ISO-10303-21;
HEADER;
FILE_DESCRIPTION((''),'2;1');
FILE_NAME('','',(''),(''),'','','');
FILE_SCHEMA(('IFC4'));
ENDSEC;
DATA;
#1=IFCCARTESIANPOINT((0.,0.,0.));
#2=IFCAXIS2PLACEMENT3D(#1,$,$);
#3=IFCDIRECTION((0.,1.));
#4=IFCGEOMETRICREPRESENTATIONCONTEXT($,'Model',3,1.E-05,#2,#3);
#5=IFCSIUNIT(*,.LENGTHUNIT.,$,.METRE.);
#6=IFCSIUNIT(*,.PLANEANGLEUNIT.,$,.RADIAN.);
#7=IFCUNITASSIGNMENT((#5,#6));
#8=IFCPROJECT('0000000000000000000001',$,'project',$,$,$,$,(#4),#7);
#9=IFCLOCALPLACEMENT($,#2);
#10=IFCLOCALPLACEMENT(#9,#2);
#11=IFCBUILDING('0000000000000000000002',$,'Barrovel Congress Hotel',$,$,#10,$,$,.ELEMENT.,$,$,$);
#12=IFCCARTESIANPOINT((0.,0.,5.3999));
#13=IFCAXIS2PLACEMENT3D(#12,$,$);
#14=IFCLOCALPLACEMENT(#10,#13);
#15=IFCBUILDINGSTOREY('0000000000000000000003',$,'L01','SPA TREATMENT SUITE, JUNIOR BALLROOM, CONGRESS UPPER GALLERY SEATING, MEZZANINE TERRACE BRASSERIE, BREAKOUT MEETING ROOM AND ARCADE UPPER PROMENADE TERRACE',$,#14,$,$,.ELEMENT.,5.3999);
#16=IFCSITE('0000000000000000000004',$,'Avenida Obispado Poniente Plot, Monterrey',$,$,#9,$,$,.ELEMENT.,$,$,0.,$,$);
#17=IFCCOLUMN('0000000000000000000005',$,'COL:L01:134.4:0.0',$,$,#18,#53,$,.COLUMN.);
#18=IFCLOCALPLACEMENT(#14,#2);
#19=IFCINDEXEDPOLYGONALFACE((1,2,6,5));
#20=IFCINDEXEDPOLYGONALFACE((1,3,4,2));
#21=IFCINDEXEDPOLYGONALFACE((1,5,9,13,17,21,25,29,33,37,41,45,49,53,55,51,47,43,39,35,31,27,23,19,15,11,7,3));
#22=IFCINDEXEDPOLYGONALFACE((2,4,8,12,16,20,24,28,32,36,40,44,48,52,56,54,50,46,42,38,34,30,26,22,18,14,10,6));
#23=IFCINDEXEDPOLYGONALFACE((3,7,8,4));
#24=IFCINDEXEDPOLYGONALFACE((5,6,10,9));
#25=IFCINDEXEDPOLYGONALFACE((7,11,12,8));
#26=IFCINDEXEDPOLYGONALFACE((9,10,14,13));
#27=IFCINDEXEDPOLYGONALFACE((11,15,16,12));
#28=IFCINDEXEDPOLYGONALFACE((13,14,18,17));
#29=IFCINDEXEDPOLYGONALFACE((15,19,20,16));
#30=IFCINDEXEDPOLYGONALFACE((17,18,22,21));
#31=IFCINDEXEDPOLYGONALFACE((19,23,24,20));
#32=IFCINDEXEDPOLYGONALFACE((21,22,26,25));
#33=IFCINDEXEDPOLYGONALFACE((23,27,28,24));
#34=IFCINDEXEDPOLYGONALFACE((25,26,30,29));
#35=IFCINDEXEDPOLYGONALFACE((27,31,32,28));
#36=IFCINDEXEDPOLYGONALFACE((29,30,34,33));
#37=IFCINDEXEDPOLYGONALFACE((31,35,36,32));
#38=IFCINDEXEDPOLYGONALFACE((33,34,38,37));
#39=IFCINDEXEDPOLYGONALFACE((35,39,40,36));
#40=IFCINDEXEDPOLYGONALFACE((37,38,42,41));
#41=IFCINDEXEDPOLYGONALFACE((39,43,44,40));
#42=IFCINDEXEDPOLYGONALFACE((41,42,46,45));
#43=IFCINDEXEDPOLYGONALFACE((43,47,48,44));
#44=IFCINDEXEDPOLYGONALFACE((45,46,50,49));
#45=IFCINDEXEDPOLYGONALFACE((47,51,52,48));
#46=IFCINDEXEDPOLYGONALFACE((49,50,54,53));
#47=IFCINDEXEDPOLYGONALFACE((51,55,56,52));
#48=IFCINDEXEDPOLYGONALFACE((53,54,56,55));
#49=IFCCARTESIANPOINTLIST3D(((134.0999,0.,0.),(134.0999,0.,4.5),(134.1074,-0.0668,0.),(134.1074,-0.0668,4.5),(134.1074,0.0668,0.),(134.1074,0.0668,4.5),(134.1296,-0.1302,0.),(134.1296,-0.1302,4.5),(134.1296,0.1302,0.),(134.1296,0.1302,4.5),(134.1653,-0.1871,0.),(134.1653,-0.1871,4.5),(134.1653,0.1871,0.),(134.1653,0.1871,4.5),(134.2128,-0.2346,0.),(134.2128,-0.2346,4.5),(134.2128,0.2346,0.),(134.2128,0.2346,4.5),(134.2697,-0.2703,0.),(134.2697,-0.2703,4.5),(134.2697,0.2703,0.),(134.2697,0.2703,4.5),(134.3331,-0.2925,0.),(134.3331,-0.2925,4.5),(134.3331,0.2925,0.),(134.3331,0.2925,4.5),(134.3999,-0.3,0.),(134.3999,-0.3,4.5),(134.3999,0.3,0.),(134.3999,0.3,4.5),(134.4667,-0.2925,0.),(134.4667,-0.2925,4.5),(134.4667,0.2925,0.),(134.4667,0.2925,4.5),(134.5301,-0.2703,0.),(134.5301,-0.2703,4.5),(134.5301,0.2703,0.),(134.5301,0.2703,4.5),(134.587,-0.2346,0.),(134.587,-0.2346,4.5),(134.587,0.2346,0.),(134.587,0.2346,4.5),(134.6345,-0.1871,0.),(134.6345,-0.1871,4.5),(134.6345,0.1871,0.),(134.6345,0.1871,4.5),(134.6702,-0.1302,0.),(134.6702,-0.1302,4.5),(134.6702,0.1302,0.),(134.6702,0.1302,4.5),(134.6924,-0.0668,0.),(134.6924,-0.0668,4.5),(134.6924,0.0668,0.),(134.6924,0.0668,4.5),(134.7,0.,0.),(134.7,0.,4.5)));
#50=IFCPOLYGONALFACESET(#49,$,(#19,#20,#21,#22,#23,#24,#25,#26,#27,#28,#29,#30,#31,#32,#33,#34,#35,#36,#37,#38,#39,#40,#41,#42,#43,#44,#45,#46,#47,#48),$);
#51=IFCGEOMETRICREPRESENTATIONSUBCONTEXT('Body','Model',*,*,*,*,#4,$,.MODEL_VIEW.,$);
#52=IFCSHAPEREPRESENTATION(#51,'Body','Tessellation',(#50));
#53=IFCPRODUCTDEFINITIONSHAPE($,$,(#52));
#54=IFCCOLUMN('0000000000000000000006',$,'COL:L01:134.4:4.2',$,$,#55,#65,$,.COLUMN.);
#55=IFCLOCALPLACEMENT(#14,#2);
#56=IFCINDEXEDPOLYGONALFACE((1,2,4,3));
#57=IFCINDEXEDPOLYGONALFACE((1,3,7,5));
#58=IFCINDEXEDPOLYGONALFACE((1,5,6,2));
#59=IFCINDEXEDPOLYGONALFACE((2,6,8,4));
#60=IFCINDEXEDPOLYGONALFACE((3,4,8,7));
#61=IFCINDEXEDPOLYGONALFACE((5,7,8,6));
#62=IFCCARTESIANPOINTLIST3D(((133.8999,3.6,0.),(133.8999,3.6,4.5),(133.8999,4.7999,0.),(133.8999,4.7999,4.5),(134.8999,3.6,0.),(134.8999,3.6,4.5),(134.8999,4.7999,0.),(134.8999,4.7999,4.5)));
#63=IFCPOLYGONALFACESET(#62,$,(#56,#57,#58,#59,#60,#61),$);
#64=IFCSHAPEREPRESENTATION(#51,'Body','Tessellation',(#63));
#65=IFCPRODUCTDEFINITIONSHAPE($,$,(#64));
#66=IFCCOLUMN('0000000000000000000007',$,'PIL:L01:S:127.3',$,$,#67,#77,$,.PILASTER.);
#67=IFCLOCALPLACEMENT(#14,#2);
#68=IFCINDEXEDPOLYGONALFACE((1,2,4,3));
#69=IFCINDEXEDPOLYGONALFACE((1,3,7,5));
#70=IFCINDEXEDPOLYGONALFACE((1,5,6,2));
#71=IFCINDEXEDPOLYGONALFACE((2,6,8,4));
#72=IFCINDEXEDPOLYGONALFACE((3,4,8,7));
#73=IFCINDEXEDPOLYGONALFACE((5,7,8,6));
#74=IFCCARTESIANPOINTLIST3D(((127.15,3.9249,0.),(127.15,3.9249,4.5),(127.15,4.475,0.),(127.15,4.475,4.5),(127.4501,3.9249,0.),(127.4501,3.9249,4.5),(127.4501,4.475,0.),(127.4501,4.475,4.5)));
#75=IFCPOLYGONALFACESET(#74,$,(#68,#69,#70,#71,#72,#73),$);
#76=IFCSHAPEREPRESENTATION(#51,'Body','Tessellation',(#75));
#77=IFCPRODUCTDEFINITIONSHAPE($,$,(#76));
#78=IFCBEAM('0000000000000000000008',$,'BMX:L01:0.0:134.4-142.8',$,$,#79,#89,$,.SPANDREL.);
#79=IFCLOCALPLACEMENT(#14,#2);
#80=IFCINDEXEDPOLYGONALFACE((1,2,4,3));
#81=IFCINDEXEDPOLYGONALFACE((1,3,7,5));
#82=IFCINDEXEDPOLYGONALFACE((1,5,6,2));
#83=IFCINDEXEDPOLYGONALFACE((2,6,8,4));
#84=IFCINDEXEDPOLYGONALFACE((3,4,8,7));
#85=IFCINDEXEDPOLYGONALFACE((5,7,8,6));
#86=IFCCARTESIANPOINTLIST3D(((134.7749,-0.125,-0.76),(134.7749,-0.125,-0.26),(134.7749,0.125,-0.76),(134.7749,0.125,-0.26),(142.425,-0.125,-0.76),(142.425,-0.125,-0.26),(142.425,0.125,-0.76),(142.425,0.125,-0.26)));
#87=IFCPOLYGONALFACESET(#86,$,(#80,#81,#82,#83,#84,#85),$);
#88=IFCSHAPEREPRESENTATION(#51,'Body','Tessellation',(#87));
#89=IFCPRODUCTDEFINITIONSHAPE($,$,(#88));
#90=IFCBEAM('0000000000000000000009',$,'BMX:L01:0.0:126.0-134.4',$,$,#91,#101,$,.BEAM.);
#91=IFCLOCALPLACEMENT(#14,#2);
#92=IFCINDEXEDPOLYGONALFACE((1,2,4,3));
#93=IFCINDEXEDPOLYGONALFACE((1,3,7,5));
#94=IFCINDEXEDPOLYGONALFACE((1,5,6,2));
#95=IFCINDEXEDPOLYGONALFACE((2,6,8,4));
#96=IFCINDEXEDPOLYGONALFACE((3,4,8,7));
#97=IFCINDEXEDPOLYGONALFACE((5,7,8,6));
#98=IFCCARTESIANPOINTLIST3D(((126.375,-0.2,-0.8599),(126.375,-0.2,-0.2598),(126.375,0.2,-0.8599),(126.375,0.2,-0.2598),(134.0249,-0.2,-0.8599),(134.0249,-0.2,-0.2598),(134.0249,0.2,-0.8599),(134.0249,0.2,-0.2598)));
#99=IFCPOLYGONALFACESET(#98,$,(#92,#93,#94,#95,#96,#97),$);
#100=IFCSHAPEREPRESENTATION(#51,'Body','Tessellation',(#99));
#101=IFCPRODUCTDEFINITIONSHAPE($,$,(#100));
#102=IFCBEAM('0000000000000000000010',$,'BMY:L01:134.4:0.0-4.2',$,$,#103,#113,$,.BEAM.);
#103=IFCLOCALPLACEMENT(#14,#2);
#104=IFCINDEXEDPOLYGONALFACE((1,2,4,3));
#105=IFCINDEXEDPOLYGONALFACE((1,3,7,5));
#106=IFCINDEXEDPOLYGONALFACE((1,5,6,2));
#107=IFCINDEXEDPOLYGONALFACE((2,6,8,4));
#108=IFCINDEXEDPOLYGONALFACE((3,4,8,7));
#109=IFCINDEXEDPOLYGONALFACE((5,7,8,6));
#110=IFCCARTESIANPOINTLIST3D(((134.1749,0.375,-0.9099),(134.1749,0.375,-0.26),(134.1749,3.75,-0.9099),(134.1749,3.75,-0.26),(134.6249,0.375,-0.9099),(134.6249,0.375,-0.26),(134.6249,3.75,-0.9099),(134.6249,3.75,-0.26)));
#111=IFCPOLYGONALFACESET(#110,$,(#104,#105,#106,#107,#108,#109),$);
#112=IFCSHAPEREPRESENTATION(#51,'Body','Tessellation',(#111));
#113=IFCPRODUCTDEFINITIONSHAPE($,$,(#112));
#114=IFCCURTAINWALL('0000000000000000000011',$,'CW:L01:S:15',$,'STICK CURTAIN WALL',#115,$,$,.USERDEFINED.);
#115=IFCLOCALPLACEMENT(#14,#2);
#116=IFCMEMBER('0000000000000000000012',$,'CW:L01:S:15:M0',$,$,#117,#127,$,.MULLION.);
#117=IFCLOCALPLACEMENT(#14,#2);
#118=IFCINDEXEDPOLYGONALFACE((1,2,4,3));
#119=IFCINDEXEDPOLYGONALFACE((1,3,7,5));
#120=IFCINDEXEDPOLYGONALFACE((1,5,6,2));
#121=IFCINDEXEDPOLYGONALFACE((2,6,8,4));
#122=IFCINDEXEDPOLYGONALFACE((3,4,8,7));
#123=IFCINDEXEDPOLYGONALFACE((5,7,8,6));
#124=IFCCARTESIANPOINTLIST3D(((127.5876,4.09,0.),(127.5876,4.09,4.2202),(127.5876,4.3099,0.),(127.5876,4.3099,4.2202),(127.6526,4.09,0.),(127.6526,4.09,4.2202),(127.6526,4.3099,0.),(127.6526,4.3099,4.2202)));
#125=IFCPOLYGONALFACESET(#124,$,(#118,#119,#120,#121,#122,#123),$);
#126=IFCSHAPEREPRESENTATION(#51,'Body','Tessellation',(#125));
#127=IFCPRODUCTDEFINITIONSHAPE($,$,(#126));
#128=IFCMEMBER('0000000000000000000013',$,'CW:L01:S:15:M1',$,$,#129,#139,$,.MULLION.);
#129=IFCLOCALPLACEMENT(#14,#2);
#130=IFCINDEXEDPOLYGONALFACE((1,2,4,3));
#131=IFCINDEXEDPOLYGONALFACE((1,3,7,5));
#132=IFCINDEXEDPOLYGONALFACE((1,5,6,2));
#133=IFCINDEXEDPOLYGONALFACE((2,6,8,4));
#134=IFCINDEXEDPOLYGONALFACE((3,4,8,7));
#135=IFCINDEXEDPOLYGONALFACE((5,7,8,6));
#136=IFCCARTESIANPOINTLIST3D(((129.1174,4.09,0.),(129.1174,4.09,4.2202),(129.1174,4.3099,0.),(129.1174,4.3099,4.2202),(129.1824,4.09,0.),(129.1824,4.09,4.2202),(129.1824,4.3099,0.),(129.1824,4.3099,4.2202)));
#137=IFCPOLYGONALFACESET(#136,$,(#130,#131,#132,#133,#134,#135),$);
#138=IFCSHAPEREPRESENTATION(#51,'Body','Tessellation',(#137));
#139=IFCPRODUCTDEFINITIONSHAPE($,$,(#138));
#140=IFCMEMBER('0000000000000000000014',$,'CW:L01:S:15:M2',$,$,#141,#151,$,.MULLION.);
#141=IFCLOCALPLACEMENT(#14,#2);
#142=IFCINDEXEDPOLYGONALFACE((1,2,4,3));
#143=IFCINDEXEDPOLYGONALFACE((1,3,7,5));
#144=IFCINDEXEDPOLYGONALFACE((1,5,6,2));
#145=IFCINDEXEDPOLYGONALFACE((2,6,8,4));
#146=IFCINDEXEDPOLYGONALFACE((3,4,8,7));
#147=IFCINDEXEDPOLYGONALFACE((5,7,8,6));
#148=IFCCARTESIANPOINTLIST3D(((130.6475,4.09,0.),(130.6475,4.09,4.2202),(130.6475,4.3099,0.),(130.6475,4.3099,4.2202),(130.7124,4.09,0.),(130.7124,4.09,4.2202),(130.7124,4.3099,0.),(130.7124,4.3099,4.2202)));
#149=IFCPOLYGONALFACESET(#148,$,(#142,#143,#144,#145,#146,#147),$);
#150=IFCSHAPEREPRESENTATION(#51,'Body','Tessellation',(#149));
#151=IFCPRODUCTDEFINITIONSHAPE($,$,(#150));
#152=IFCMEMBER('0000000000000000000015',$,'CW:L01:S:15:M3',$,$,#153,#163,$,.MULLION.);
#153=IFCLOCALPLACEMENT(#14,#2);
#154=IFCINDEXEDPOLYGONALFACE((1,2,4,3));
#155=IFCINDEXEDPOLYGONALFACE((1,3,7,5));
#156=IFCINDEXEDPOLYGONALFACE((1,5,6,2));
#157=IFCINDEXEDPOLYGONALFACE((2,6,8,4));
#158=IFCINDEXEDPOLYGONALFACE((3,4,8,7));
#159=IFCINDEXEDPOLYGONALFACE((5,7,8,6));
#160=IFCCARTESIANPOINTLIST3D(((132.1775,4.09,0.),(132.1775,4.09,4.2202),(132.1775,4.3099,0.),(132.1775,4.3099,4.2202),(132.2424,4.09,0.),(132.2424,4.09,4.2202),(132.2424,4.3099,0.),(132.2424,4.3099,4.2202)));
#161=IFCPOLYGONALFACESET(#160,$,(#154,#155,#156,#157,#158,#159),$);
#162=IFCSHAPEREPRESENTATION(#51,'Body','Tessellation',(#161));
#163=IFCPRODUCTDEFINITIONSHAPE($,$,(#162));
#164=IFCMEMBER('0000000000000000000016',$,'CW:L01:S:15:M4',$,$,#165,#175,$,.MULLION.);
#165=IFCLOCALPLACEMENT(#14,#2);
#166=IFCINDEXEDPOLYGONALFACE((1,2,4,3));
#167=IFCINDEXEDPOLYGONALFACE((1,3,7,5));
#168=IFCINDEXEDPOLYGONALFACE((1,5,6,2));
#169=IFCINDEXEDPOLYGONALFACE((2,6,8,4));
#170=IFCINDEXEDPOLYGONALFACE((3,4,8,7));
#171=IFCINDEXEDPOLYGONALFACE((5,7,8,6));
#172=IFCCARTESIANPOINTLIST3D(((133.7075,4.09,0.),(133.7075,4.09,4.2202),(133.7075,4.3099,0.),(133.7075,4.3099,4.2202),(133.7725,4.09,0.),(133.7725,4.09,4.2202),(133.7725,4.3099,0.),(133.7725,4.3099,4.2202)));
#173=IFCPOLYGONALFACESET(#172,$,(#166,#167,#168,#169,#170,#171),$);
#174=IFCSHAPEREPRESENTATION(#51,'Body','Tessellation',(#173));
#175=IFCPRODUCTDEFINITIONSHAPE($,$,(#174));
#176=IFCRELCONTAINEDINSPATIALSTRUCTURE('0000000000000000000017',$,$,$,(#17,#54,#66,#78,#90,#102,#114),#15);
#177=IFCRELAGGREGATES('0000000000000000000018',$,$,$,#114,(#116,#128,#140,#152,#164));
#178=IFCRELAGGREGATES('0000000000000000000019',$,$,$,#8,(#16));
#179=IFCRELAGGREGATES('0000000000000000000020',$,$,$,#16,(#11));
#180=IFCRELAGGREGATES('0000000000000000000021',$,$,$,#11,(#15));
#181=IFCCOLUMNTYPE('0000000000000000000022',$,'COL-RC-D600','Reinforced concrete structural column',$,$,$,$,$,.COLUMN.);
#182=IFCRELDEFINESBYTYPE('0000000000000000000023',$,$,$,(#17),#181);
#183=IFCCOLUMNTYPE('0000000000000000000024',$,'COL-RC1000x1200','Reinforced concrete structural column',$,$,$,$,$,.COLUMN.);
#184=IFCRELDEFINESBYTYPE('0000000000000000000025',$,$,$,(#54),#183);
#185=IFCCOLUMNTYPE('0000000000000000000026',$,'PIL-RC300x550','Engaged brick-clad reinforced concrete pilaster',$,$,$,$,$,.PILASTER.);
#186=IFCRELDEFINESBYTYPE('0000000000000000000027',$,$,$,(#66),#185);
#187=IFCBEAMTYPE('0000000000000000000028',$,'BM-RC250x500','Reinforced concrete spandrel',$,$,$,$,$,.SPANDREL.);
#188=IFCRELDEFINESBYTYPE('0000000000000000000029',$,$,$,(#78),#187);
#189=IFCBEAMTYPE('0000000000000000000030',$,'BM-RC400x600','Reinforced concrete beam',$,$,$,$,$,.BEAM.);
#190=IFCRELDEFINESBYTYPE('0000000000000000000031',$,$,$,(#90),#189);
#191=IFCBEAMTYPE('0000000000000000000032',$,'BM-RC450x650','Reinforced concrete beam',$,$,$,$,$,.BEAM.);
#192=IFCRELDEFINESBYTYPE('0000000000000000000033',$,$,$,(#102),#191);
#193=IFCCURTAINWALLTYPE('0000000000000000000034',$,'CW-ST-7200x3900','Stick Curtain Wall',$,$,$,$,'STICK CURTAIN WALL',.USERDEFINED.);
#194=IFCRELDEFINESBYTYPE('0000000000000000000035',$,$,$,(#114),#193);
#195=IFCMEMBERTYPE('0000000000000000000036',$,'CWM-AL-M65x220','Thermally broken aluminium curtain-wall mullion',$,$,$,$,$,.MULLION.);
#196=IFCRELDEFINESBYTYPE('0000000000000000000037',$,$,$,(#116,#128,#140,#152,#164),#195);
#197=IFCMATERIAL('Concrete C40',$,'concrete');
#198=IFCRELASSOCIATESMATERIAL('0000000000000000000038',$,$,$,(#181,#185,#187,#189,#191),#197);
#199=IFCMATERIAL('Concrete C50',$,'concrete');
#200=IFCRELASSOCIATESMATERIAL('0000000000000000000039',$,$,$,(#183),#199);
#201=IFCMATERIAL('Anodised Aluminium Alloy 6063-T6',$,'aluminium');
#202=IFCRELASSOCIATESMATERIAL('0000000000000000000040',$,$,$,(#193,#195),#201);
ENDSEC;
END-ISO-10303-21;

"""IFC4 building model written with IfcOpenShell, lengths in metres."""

from ifc_helpers import new_model, si_unit, direction, frame, origin, origin_2d, place, context, subcontext, project, spatial, rectangle, circle, extrude, material, material_profile, profile_set, type_object, element, aggregate, save


model = new_model("IFC4")

# Units and contexts
model_context = context("Model", 3, precision=1e-05, world=origin(), true_north=direction((0.0, 1.0)))
body_context = subcontext(model_context, "Body", "Model", "MODEL_VIEW")
ifc_project = project(units=[si_unit("LENGTHUNIT", "METRE"), si_unit("PLANEANGLEUNIT", "RADIAN")], contexts=[model_context])

# Site, building, storey
site_placement = place(None, origin())
site = spatial("IfcSite", under=ifc_project, at=site_placement, Name="Avenida Obispado Poniente Plot, Monterrey", CompositionType="ELEMENT", RefElevation=0.0)
building_placement = place(site_placement, origin())
building = spatial("IfcBuilding", under=site, at=building_placement, Name="Barrovel Congress Hotel", CompositionType="ELEMENT")
storey_placement = place(building_placement, frame((0.0, 0.0, 5.3999)))
storey = spatial("IfcBuildingStorey", under=building, at=storey_placement, Name="L01", Description="SPA TREATMENT SUITE, JUNIOR BALLROOM, CONGRESS UPPER GALLERY SEATING, MEZZANINE TERRACE BRASSERIE, BREAKOUT MEETING ROOM AND ARCADE UPPER PROMENADE TERRACE", CompositionType="ELEMENT", Elevation=5.3999)

# Columns
ifc_material_1 = material(Name="Concrete C40", Category="concrete")
ifc_material_profile_1 = material_profile(ifc_material_1, circle(Radius=0.3, at=origin_2d()), Name="RC-D600")
ifc_profile_set_1 = profile_set([ifc_material_profile_1], Name="Concrete C40")
column_type_1 = type_object("IfcColumnType", Name="COL-RC-D600", Description="Reinforced concrete structural column", PredefinedType="COLUMN", material=ifc_profile_set_1)
column_1_placement = place(storey_placement, frame((134.3999, 0.0, 0.0), z_axis=(0.0, 0.0, 1.0), x_axis=(1.0, 0.0, 0.0)))
element("IfcColumn", 1, at=column_1_placement, inside=storey, type_object=column_type_1, Name="COL:L01:134.4:0.0", PredefinedType="COLUMN", context=body_context, shape_type="SweptSolid", body=[
    extrude(circle(Radius=0.3, at=origin_2d()), origin(), (0.0, 0.0, 1.0), 4.5),
])
ifc_material_2 = material(Name="Concrete C50", Category="concrete")
ifc_material_profile_2 = material_profile(ifc_material_2, rectangle(XDim=1.0, YDim=1.2, at=origin_2d()), Name="RC1000x1200")
ifc_profile_set_2 = profile_set([ifc_material_profile_2], Name="Concrete C50")
column_type_2 = type_object("IfcColumnType", Name="COL-RC1000x1200", Description="Reinforced concrete structural column", PredefinedType="COLUMN", material=ifc_profile_set_2)
column_2_placement = place(storey_placement, frame((134.3999, 4.2, 0.0), z_axis=(0.0, 0.0, 1.0), x_axis=(1.0, 0.0, 0.0)))
element("IfcColumn", 2, at=column_2_placement, inside=storey, type_object=column_type_2, Name="COL:L01:134.4:4.2", PredefinedType="COLUMN", context=body_context, shape_type="SweptSolid", body=[
    extrude(rectangle(XDim=1.0, YDim=1.2, at=origin_2d()), origin(), (0.0, 0.0, 1.0), 4.5),
])
ifc_material_profile_3 = material_profile(ifc_material_1, rectangle(XDim=0.3, YDim=0.55, at=origin_2d()), Name="RC300x550")
ifc_profile_set_3 = profile_set([ifc_material_profile_3], Name="Concrete C40")
column_type_3 = type_object("IfcColumnType", Name="PIL-RC300x550", Description="Engaged brick-clad reinforced concrete pilaster", PredefinedType="PILASTER", material=ifc_profile_set_3)
column_3_placement = place(storey_placement, frame((127.3, 4.2, 0.0), z_axis=(0.0, 0.0, 1.0), x_axis=(1.0, 0.0, 0.0)))
element("IfcColumn", 3, at=column_3_placement, inside=storey, type_object=column_type_3, Name="PIL:L01:S:127.3", PredefinedType="PILASTER", context=body_context, shape_type="SweptSolid", body=[
    extrude(rectangle(XDim=0.3, YDim=0.55, at=origin_2d()), origin(), (0.0, 0.0, 1.0), 4.5),
])

# Beams
ifc_material_profile_4 = material_profile(ifc_material_1, rectangle(XDim=0.25, YDim=0.5, at=origin_2d()), Name="RC250x500")
ifc_profile_set_4 = profile_set([ifc_material_profile_4], Name="Concrete C40")
beam_type_1 = type_object("IfcBeamType", Name="BM-RC250x500", Description="Reinforced concrete spandrel", PredefinedType="SPANDREL", material=ifc_profile_set_4)
beam_1_placement = place(storey_placement, frame((134.7749, 0.0, -0.51), z_axis=(1.0, 0.0, 0.0), x_axis=(0.0, 1.0, 0.0)))
element("IfcBeam", 4, at=beam_1_placement, inside=storey, type_object=beam_type_1, Name="BMX:L01:0.0:134.4-142.8", PredefinedType="SPANDREL", context=body_context, shape_type="SweptSolid", body=[
    extrude(rectangle(XDim=0.25, YDim=0.5, at=origin_2d()), origin(), (0.0, 0.0, 1.0), 7.6501),
])
ifc_material_profile_5 = material_profile(ifc_material_1, rectangle(XDim=0.3999, YDim=0.6001, at=origin_2d()), Name="RC400x600")
ifc_profile_set_5 = profile_set([ifc_material_profile_5], Name="Concrete C40")
beam_type_2 = type_object("IfcBeamType", Name="BM-RC400x600", Description="Reinforced concrete beam", PredefinedType="BEAM", material=ifc_profile_set_5)
beam_2_placement = place(storey_placement, frame((126.375, 0.0, -0.5598), z_axis=(1.0, 0.0, 0.0), x_axis=(0.0, 1.0, 0.0)))
element("IfcBeam", 5, at=beam_2_placement, inside=storey, type_object=beam_type_2, Name="BMX:L01:0.0:126.0-134.4", PredefinedType="BEAM", context=body_context, shape_type="SweptSolid", body=[
    extrude(rectangle(XDim=0.3999, YDim=0.6001, at=origin_2d()), origin(), (0.0, 0.0, 1.0), 7.6499),
])
ifc_material_profile_6 = material_profile(ifc_material_1, rectangle(XDim=0.45, YDim=0.6499, at=origin_2d()), Name="RC450x650")
ifc_profile_set_6 = profile_set([ifc_material_profile_6], Name="Concrete C40")
beam_type_3 = type_object("IfcBeamType", Name="BM-RC450x650", Description="Reinforced concrete beam", PredefinedType="BEAM", material=ifc_profile_set_6)
beam_3_placement = place(storey_placement, frame((134.3999, 0.375, -0.585), z_axis=(0.0, 1.0, 0.0), x_axis=(-1.0, 0.0, 0.0)))
element("IfcBeam", 6, at=beam_3_placement, inside=storey, type_object=beam_type_3, Name="BMY:L01:134.4:0.0-4.2", PredefinedType="BEAM", context=body_context, shape_type="SweptSolid", body=[
    extrude(rectangle(XDim=0.45, YDim=0.6499, at=origin_2d()), origin(), (0.0, 0.0, 1.0), 3.375),
])

# Curtain wall, members
ifc_material_3 = material(Name="Anodised Aluminium Alloy 6063-T6", Category="aluminium")
curtain_wall_type = type_object("IfcCurtainWallType", Name="CW-ST-7200x3900", Description="Stick Curtain Wall", ElementType="STICK CURTAIN WALL", PredefinedType="USERDEFINED", material=ifc_material_3)
curtain_wall_placement = place(storey_placement, origin())
curtain_wall = element("IfcCurtainWall", 7, at=curtain_wall_placement, inside=storey, type_object=curtain_wall_type, Name="CW:L01:S:15", ObjectType="STICK CURTAIN WALL", PredefinedType="USERDEFINED")
ifc_material_profile_7 = material_profile(ifc_material_3, rectangle(XDim=0.0649, YDim=0.22, at=origin_2d()), Name="AL-M65x220")
ifc_profile_set_7 = profile_set([ifc_material_profile_7], Name="Anodised Aluminium Alloy 6063-T6")
member_type_1 = type_object("IfcMemberType", Name="CWM-AL-M65x220", Description="Thermally broken aluminium curtain-wall mullion", PredefinedType="MULLION", material=ifc_profile_set_7)
member_1_placement = place(storey_placement, frame((127.6201, 4.2, 0.0), z_axis=(0.0, 0.0, 1.0), x_axis=(1.0, 0.0, 0.0)))
member_1 = element("IfcMember", 8, at=member_1_placement, type_object=member_type_1, Name="CW:L01:S:15:M0", PredefinedType="MULLION", context=body_context, shape_type="SweptSolid", body=[
    extrude(rectangle(XDim=0.0649, YDim=0.22, at=origin_2d()), origin(), (0.0, 0.0, 1.0), 4.2202),
])
member_2_placement = place(storey_placement, frame((129.1499, 4.2, 0.0), z_axis=(0.0, 0.0, 1.0), x_axis=(1.0, 0.0, 0.0)))
member_2 = element("IfcMember", 9, at=member_2_placement, type_object=member_type_1, Name="CW:L01:S:15:M1", PredefinedType="MULLION", context=body_context, shape_type="SweptSolid", body=[
    extrude(rectangle(XDim=0.0649, YDim=0.22, at=origin_2d()), origin(), (0.0, 0.0, 1.0), 4.2202),
])
member_3_placement = place(storey_placement, frame((130.6799, 4.2, 0.0), z_axis=(0.0, 0.0, 1.0), x_axis=(1.0, 0.0, 0.0)))
member_3 = element("IfcMember", 10, at=member_3_placement, type_object=member_type_1, Name="CW:L01:S:15:M2", PredefinedType="MULLION", context=body_context, shape_type="SweptSolid", body=[
    extrude(rectangle(XDim=0.0649, YDim=0.22, at=origin_2d()), origin(), (0.0, 0.0, 1.0), 4.2202),
])
member_4_placement = place(storey_placement, frame((132.21, 4.2, 0.0), z_axis=(0.0, 0.0, 1.0), x_axis=(1.0, 0.0, 0.0)))
member_4 = element("IfcMember", 11, at=member_4_placement, type_object=member_type_1, Name="CW:L01:S:15:M3", PredefinedType="MULLION", context=body_context, shape_type="SweptSolid", body=[
    extrude(rectangle(XDim=0.0649, YDim=0.22, at=origin_2d()), origin(), (0.0, 0.0, 1.0), 4.2202),
])
member_5_placement = place(storey_placement, frame((133.74, 4.2, 0.0), z_axis=(0.0, 0.0, 1.0), x_axis=(1.0, 0.0, 0.0)))
member_5 = element("IfcMember", 12, at=member_5_placement, type_object=member_type_1, Name="CW:L01:S:15:M4", PredefinedType="MULLION", context=body_context, shape_type="SweptSolid", body=[
    extrude(rectangle(XDim=0.0649, YDim=0.22, at=origin_2d()), origin(), (0.0, 0.0, 1.0), 4.2202),
])

aggregate(curtain_wall, [member_1, member_2, member_3, member_4, member_5])

save(model, "model.ifc")
